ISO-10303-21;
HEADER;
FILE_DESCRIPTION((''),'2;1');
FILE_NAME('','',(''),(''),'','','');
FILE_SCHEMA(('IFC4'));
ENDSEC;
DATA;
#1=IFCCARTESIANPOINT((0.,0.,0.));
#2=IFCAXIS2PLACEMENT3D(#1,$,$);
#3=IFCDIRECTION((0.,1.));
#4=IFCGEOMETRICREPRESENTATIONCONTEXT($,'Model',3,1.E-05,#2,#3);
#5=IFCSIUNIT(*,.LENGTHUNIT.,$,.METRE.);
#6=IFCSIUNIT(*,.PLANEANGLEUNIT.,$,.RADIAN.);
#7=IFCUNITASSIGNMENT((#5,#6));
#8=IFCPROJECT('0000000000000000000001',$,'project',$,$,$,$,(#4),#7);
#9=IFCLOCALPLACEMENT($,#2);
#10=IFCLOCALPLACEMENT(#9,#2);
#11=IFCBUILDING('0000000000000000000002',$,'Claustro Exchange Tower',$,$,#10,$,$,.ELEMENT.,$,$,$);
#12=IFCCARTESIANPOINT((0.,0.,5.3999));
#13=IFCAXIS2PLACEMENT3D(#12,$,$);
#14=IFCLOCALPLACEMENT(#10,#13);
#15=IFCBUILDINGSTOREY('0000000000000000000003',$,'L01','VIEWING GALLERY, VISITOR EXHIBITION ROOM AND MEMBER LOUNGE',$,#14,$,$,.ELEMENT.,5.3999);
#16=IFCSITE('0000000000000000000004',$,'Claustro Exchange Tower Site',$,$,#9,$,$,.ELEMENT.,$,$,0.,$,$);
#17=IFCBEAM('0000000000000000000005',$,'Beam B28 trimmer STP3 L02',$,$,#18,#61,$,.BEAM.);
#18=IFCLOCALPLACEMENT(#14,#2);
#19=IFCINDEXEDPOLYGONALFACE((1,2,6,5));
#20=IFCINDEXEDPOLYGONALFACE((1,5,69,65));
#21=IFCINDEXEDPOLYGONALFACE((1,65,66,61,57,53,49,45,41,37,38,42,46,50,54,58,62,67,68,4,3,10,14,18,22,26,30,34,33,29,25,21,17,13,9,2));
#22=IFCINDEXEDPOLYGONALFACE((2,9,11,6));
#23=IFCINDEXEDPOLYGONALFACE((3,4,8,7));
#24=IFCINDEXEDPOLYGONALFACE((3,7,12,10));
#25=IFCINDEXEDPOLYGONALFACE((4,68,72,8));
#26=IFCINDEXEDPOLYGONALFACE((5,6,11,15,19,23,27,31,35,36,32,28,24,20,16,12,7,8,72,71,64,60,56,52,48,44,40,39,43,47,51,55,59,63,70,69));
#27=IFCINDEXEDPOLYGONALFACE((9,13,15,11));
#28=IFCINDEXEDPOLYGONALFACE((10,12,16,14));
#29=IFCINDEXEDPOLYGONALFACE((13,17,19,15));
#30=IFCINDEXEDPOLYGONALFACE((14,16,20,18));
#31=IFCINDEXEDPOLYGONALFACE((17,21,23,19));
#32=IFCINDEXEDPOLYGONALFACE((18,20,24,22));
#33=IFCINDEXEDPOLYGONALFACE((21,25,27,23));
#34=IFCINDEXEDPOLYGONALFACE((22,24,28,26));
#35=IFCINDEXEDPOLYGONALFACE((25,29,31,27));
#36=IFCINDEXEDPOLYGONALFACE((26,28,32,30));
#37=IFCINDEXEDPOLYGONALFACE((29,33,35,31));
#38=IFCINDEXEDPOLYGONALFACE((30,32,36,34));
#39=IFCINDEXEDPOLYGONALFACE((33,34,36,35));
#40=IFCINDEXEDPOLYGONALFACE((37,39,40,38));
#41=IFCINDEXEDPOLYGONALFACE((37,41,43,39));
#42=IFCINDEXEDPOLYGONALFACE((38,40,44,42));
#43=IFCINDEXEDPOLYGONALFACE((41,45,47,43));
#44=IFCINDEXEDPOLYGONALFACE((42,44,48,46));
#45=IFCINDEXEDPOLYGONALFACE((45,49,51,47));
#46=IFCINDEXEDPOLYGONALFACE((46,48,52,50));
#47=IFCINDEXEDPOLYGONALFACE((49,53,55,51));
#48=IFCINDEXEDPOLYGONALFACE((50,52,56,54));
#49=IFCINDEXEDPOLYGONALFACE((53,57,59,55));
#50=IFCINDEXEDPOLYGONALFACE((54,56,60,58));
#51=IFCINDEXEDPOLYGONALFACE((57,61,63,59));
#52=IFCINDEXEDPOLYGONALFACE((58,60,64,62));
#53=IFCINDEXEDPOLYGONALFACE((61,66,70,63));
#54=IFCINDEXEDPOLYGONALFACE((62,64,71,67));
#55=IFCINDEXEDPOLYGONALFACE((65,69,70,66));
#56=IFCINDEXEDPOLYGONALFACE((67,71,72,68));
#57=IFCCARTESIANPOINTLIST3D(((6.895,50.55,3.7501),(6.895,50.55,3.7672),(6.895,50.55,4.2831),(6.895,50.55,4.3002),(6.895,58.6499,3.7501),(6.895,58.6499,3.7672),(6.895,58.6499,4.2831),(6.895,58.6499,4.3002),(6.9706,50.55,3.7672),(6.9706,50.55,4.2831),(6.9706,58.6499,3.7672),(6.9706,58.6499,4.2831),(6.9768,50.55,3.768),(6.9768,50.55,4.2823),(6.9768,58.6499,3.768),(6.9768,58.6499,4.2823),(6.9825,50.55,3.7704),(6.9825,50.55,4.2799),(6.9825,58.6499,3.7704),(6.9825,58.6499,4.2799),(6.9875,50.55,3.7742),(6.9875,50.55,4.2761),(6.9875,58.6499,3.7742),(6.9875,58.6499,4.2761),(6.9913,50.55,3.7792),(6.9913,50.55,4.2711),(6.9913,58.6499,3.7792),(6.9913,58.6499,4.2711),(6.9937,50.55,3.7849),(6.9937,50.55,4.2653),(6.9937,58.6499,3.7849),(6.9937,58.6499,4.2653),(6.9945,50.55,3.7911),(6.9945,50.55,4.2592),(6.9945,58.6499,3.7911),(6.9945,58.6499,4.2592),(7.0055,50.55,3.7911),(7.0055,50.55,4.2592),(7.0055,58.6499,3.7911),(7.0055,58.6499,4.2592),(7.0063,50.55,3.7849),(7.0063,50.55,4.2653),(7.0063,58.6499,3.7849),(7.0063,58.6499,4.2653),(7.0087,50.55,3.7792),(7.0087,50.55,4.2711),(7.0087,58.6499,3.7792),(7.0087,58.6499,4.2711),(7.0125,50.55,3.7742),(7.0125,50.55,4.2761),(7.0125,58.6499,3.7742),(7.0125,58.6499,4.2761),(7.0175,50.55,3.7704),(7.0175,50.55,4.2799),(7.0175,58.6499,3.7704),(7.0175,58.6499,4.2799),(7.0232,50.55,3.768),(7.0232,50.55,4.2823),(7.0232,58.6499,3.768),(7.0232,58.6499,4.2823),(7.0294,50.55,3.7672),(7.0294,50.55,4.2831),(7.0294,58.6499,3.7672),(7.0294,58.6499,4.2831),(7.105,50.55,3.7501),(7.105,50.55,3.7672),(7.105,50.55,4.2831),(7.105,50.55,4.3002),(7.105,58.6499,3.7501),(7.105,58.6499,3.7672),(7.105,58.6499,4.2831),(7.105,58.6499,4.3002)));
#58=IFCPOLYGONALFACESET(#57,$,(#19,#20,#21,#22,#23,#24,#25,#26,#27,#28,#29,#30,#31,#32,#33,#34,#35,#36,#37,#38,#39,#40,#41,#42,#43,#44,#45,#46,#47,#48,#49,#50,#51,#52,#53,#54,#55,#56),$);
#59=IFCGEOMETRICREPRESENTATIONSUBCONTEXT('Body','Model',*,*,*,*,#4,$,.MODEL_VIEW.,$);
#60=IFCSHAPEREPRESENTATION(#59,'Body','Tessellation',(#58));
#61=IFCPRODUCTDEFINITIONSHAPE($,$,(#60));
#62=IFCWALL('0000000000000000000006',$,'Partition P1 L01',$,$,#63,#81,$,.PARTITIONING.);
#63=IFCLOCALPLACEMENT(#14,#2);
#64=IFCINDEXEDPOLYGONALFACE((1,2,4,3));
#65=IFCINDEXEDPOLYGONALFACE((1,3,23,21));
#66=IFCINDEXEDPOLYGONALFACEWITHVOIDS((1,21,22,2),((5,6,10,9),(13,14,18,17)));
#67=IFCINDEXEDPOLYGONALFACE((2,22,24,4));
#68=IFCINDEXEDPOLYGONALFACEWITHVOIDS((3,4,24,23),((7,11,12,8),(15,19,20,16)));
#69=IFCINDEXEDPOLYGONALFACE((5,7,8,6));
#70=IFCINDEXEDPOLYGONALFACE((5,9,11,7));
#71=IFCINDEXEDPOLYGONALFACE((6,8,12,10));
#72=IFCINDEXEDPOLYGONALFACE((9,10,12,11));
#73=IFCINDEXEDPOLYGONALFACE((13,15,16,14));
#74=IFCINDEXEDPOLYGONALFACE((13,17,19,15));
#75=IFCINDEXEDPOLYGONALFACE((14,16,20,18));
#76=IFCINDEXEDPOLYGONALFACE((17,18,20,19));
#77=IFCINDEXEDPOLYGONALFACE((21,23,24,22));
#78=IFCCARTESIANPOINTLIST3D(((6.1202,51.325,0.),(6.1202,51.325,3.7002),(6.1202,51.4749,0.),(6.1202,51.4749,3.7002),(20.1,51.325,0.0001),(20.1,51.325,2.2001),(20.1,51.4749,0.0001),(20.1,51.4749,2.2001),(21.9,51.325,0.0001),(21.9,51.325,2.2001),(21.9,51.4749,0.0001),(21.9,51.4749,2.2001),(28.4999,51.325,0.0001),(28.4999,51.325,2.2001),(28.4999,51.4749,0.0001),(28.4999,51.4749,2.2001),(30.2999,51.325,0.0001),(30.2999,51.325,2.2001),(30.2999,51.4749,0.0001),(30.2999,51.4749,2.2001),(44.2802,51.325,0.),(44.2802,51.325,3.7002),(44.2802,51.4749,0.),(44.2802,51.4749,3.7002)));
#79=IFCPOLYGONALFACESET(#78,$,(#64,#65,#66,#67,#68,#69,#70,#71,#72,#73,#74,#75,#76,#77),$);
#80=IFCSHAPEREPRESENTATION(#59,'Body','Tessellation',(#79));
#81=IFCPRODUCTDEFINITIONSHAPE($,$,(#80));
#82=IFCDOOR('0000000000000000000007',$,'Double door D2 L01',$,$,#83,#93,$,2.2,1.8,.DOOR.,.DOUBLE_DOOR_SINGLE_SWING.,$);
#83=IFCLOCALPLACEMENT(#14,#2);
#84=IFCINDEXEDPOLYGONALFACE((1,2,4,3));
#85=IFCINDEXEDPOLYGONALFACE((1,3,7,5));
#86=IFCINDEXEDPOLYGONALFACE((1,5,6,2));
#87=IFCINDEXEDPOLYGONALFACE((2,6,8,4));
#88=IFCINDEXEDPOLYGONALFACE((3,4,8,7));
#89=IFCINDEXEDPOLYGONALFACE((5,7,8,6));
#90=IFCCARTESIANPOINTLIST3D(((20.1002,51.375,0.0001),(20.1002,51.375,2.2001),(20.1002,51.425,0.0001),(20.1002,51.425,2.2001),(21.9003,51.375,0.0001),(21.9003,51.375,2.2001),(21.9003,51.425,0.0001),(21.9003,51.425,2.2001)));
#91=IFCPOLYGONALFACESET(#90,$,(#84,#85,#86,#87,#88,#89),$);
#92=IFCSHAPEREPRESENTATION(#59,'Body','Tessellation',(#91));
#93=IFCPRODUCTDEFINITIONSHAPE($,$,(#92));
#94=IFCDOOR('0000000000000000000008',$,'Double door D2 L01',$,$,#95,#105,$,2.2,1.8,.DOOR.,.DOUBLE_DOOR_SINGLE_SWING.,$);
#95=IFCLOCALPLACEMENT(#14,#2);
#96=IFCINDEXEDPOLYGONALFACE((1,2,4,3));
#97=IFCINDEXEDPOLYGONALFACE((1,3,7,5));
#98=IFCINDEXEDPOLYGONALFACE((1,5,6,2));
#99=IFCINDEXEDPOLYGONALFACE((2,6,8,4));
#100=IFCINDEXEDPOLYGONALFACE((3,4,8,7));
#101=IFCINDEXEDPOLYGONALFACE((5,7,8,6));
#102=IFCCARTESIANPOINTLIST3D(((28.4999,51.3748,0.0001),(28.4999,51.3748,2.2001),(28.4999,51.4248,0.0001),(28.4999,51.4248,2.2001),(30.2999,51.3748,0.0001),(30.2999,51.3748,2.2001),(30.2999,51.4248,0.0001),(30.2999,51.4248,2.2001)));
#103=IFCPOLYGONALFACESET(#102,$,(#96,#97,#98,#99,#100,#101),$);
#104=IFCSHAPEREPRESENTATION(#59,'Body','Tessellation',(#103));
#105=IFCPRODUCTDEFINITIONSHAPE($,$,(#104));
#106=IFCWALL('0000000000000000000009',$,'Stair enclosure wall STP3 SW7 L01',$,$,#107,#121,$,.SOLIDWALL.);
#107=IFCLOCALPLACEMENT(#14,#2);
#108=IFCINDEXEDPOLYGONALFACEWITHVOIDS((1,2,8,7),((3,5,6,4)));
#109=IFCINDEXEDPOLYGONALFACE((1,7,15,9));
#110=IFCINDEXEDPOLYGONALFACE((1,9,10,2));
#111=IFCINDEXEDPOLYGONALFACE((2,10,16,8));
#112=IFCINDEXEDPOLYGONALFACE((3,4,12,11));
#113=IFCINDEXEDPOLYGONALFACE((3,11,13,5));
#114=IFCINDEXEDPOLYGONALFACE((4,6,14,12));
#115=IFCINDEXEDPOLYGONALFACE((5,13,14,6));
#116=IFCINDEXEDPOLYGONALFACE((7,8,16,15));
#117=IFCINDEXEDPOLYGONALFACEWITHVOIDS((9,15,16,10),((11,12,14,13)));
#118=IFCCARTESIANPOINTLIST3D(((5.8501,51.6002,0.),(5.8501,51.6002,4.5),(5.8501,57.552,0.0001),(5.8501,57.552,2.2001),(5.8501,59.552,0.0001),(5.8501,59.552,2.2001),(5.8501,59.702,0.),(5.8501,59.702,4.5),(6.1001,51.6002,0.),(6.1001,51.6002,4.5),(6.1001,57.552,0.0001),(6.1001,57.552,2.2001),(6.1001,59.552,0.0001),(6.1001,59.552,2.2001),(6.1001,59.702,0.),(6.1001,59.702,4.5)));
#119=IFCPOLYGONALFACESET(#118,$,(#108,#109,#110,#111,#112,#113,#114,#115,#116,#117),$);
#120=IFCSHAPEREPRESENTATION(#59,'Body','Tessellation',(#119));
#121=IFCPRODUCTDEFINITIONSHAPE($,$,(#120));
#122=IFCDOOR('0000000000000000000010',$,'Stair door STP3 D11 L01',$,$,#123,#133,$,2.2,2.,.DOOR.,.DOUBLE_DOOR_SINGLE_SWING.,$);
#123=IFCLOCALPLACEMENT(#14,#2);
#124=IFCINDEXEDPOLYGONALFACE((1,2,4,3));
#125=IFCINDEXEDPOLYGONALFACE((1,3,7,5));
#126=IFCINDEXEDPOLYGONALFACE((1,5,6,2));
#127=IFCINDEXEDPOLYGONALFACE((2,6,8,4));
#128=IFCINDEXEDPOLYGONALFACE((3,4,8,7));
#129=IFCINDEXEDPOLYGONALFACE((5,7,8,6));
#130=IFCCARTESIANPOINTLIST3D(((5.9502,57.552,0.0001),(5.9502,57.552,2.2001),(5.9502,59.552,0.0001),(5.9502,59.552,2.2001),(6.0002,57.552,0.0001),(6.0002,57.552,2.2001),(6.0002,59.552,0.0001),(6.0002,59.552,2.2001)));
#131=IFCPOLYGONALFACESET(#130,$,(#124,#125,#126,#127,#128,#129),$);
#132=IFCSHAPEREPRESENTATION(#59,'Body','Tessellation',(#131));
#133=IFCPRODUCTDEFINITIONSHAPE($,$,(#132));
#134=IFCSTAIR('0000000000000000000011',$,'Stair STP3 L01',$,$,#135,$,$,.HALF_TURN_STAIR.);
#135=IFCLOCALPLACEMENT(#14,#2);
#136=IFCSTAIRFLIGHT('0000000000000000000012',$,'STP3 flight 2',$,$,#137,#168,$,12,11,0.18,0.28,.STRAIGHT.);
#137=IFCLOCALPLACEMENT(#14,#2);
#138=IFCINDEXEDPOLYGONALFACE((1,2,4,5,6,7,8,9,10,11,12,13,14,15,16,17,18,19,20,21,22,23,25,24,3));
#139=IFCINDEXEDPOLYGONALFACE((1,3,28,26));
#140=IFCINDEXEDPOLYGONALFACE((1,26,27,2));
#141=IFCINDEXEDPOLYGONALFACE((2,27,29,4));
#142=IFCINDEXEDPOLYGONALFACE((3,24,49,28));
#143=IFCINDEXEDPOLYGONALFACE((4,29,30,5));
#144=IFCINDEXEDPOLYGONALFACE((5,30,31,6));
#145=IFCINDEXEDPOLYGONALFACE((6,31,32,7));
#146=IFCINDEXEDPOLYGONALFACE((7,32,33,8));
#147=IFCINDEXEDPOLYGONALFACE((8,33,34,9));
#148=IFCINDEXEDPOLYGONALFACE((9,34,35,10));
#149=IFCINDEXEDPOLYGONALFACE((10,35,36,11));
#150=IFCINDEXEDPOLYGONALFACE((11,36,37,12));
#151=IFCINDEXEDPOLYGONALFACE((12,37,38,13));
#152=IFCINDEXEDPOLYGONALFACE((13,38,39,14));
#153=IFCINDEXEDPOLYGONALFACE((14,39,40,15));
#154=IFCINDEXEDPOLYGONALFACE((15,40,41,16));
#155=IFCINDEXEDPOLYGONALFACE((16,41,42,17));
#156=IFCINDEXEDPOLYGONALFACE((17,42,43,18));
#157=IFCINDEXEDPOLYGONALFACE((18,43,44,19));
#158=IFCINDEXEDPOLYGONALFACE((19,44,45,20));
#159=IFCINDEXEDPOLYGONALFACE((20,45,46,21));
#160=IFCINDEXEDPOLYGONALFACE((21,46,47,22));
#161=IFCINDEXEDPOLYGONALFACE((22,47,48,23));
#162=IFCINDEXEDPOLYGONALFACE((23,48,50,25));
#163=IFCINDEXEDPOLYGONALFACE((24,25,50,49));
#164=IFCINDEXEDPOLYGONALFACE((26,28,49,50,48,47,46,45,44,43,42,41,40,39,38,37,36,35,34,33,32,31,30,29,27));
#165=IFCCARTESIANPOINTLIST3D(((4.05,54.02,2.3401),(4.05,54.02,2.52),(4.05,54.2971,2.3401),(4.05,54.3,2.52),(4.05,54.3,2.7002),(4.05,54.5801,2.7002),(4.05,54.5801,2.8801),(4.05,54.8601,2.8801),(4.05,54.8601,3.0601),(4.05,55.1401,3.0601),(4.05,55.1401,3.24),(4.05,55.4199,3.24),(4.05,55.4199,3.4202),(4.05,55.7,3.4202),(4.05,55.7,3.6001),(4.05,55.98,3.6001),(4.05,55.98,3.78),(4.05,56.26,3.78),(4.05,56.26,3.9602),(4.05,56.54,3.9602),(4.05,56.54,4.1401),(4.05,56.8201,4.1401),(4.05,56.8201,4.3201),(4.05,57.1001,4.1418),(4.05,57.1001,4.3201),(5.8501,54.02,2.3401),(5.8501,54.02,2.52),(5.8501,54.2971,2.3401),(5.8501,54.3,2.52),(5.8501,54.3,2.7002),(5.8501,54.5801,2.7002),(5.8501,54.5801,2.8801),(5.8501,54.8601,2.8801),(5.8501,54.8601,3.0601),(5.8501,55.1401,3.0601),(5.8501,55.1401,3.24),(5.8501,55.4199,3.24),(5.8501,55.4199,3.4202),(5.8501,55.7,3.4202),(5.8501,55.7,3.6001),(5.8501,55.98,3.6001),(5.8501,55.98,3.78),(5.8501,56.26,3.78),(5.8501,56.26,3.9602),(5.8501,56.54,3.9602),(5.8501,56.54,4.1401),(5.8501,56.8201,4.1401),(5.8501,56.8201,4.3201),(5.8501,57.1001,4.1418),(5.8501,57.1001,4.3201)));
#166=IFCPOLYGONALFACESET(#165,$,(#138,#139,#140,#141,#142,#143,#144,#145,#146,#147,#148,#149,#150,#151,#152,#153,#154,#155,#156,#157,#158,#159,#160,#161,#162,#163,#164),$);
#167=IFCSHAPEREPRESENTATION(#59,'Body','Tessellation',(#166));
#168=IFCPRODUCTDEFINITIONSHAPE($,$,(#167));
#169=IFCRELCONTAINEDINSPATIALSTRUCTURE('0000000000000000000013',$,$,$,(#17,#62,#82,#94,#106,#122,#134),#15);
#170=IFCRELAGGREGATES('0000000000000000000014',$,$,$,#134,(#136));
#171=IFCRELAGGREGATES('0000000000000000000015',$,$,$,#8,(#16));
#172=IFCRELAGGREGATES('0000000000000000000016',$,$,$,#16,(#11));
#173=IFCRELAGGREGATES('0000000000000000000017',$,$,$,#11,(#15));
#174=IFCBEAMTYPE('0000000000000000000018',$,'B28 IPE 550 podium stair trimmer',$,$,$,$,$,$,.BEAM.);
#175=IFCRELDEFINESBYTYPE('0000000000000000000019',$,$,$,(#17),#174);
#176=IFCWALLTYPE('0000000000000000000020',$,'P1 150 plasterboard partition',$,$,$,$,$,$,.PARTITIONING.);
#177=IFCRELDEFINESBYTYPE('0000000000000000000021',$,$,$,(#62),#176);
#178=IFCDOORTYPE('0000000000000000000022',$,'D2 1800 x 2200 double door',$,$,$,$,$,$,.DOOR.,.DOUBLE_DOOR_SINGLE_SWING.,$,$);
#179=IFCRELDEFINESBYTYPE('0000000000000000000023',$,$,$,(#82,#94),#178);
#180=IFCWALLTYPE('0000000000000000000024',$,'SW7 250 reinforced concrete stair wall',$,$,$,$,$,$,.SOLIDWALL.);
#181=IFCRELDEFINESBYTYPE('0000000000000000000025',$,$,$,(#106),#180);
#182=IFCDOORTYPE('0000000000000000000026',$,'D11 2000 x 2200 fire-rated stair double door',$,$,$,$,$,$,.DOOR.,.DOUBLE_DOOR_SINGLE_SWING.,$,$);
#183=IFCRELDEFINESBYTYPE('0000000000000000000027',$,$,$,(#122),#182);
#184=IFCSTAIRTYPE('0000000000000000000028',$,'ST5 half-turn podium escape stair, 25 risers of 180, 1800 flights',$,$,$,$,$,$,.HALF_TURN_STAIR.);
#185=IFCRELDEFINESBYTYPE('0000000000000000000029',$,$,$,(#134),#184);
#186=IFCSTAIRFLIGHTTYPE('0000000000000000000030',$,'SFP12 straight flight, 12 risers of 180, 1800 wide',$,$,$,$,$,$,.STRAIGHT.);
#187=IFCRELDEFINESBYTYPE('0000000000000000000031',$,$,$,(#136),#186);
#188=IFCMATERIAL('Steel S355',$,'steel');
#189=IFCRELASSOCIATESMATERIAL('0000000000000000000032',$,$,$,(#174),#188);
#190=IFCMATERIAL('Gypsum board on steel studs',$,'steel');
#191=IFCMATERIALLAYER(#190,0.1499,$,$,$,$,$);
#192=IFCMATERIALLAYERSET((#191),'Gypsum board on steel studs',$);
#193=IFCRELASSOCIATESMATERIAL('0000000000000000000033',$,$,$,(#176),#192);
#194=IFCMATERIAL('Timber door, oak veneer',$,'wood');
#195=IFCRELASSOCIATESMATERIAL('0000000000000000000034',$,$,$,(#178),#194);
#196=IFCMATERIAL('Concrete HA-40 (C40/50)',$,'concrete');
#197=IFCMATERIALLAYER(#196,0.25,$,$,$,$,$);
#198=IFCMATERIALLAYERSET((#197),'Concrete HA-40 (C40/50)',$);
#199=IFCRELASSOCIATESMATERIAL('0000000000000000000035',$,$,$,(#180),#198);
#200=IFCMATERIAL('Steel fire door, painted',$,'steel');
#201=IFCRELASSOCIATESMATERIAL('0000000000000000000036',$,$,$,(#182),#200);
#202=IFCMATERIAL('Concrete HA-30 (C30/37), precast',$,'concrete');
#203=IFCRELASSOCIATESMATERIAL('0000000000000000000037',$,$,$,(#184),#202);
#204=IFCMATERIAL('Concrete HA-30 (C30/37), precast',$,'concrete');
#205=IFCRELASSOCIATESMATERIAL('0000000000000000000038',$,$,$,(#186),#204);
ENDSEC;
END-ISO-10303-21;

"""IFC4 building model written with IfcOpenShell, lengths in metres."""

from ifc_helpers import new_model, si_unit, direction, frame, frame_2d, origin, origin_2d, place, context, subcontext, project, spatial, polyline, rectangle, i_section, outline, extrude, material, layer, layer_set, material_profile, profile_set, type_object, element, fill, aggregate, save


model = new_model("IFC4")

# Units and contexts
model_context = context("Model", 3, precision=1e-05, world=origin(), true_north=direction((0.0, 1.0)))
body_context = subcontext(model_context, "Body", "Model", "MODEL_VIEW")
ifc_project = project(units=[si_unit("LENGTHUNIT", "METRE"), si_unit("PLANEANGLEUNIT", "RADIAN")], contexts=[model_context])

# Site, building, storey
site_placement = place(None, origin())
site = spatial("IfcSite", under=ifc_project, at=site_placement, Name="Claustro Exchange Tower Site", CompositionType="ELEMENT", RefElevation=0.0)
building_placement = place(site_placement, origin())
building = spatial("IfcBuilding", under=site, at=building_placement, Name="Claustro Exchange Tower", CompositionType="ELEMENT")
storey_placement = place(building_placement, frame((0.0, 0.0, 5.3999)))
storey = spatial("IfcBuildingStorey", under=building, at=storey_placement, Name="L01", Description="VIEWING GALLERY, VISITOR EXHIBITION ROOM AND MEMBER LOUNGE", CompositionType="ELEMENT", Elevation=5.3999)

# Beam
ifc_material_1 = material(Name="Steel S355", Category="steel")
ifc_material_profile_1 = material_profile(ifc_material_1, i_section(OverallWidth=0.21, OverallDepth=0.55, WebThickness=0.011, FlangeThickness=0.0171, FilletRadius=0.0239, at=origin_2d()), Name="IPE 550")
ifc_profile_set_1 = profile_set([ifc_material_profile_1], Name="Steel S355")
beam_type_1 = type_object("IfcBeamType", Name="B28 IPE 550 podium stair trimmer", PredefinedType="BEAM", material=ifc_profile_set_1)
beam_placement = place(storey_placement, frame((7.0, 50.55, 4.0251), z_axis=(0.0, 1.0, 0.0), x_axis=(-1.0, 0.0, 0.0)))
element("IfcBeam", 1, at=beam_placement, inside=storey, type_object=beam_type_1, Name="Beam B28 trimmer STP3 L02", PredefinedType="BEAM", context=body_context, shape_type="SweptSolid", body=[
    extrude(i_section(OverallWidth=0.21, OverallDepth=0.55, WebThickness=0.011, FlangeThickness=0.0171, FilletRadius=0.0239, at=origin_2d()), origin(), (0.0, 0.0, 1.0), 8.0999),
])

# Wall, openings, doors
ifc_material_2 = material(Name="Gypsum board on steel studs", Category="steel")
ifc_layer_1 = layer(ifc_material_2, 0.1499)
ifc_layer_set_1 = layer_set([ifc_layer_1], Name="Gypsum board on steel studs")
wall_type_1 = type_object("IfcWallType", Name="P1 150 plasterboard partition", PredefinedType="PARTITIONING", material=ifc_layer_set_1)
wall_1_placement = place(storey_placement, frame((6.1201, 51.3999, 0.0), z_axis=(0.0, 0.0, 1.0), x_axis=(1.0, 0.0, 0.0)))
wall_1 = element("IfcWall", 2, at=wall_1_placement, inside=storey, type_object=wall_type_1, Name="Partition P1 L01", PredefinedType="PARTITIONING", context=body_context, shape_type="SweptSolid", body=[
    extrude(rectangle(XDim=38.1599, YDim=0.1499, at=frame_2d((19.0801, 0.0))), origin(), (0.0, 0.0, 1.0), 3.7002),
])
opening_1_placement = place(wall_1_placement, frame((13.98, 0.0, 0.0)))
opening_1 = element("IfcOpeningElement", 3, at=opening_1_placement, cuts=wall_1, PredefinedType="OPENING", context=body_context, shape_type="SweptSolid", body=[
    extrude(rectangle(XDim=1.8, YDim=2.2, at=frame_2d((0.8999, 1.1001))), frame((0.0, 0.085, 0.0), z_axis=(0.0, -1.0, 0.0), x_axis=(1.0, 0.0, 0.0)), (0.0, 0.0, 1.0), 0.1699),
])
opening_2_placement = place(wall_1_placement, frame((22.3799, 0.0, 0.0)))
opening_2 = element("IfcOpeningElement", 4, at=opening_2_placement, cuts=wall_1, PredefinedType="OPENING", context=body_context, shape_type="SweptSolid", body=[
    extrude(rectangle(XDim=1.8, YDim=2.2, at=frame_2d((0.8999, 1.1001))), frame((0.0, 0.085, 0.0), z_axis=(0.0, -1.0, 0.0), x_axis=(1.0, 0.0, 0.0)), (0.0, 0.0, 1.0), 0.1699),
])
ifc_material_3 = material(Name="Timber door, oak veneer", Category="wood")
door_type_1 = type_object("IfcDoorType", Name="D2 1800 x 2200 double door", OperationType="DOUBLE_DOOR_SINGLE_SWING", PredefinedType="DOOR", material=ifc_material_3)
door_1_placement = place(opening_1_placement, frame((1.8, 0.0, 0.0), z_axis=(0.0, 0.0, 1.0), x_axis=(-1.0, 0.0, 0.0)))
door_1 = element("IfcDoor", 5, at=door_1_placement, inside=storey, type_object=door_type_1, Name="Double door D2 L01", OperationType="DOUBLE_DOOR_SINGLE_SWING", OverallHeight=2.2, OverallWidth=1.8, PredefinedType="DOOR", context=body_context, shape_type="SweptSolid", body=[
    extrude(rectangle(XDim=1.8, YDim=2.2, at=frame_2d((0.8999, 1.1001))), frame((0.0, 0.0249, 0.0), z_axis=(0.0, -1.0, 0.0), x_axis=(1.0, 0.0, 0.0)), (0.0, 0.0, 1.0), 0.05),
])
fill(opening_1, door_1)
door_2_placement = place(opening_2_placement, origin())
door_2 = element("IfcDoor", 6, at=door_2_placement, inside=storey, type_object=door_type_1, Name="Double door D2 L01", OperationType="DOUBLE_DOOR_SINGLE_SWING", OverallHeight=2.2, OverallWidth=1.8, PredefinedType="DOOR", context=body_context, shape_type="SweptSolid", body=[
    extrude(rectangle(XDim=1.8, YDim=2.2, at=frame_2d((0.8999, 1.1001))), frame((0.0, 0.0249, 0.0), z_axis=(0.0, -1.0, 0.0), x_axis=(1.0, 0.0, 0.0)), (0.0, 0.0, 1.0), 0.05),
])
fill(opening_2, door_2)

# Wall, opening, door
ifc_material_4 = material(Name="Concrete HA-40 (C40/50)", Category="concrete")
ifc_layer_2 = layer(ifc_material_4, 0.25)
ifc_layer_set_2 = layer_set([ifc_layer_2], Name="Concrete HA-40 (C40/50)")
wall_type_2 = type_object("IfcWallType", Name="SW7 250 reinforced concrete stair wall", PredefinedType="SOLIDWALL", material=ifc_layer_set_2)
wall_2_placement = place(storey_placement, frame((5.9751, 59.7019, 0.0), z_axis=(0.0, 0.0, 1.0), x_axis=(0.0, -1.0, 0.0)))
wall_2 = element("IfcWall", 7, at=wall_2_placement, inside=storey, type_object=wall_type_2, Name="Stair enclosure wall STP3 SW7 L01", PredefinedType="SOLIDWALL", context=body_context, shape_type="SweptSolid", body=[
    extrude(rectangle(XDim=8.1018, YDim=0.25, at=frame_2d((4.0508, 0.0))), origin(), (0.0, 0.0, 1.0), 4.5),
])
opening_3_placement = place(wall_2_placement, frame((0.1499, 0.0, 0.0)))
opening_3 = element("IfcOpeningElement", 8, at=opening_3_placement, cuts=wall_2, PredefinedType="OPENING", context=body_context, shape_type="SweptSolid", body=[
    extrude(rectangle(XDim=2.0, YDim=2.2, at=frame_2d((1.0, 1.1001))), frame((0.0, 0.135, 0.0), z_axis=(0.0, -1.0, 0.0), x_axis=(1.0, 0.0, 0.0)), (0.0, 0.0, 1.0), 0.27),
])
ifc_material_5 = material(Name="Steel fire door, painted", Category="steel")
door_type_2 = type_object("IfcDoorType", Name="D11 2000 x 2200 fire-rated stair double door", OperationType="DOUBLE_DOOR_SINGLE_SWING", PredefinedType="DOOR", material=ifc_material_5)
door_3_placement = place(opening_3_placement, frame((2.0, 0.0, 0.0), z_axis=(0.0, 0.0, 1.0), x_axis=(-1.0, 0.0, 0.0)))
door_3 = element("IfcDoor", 9, at=door_3_placement, inside=storey, type_object=door_type_2, Name="Stair door STP3 D11 L01", OperationType="DOUBLE_DOOR_SINGLE_SWING", OverallHeight=2.2, OverallWidth=2.0, PredefinedType="DOOR", context=body_context, shape_type="SweptSolid", body=[
    extrude(rectangle(XDim=2.0, YDim=2.2, at=frame_2d((1.0, 1.1001))), frame((0.0, 0.0249, 0.0), z_axis=(0.0, -1.0, 0.0), x_axis=(1.0, 0.0, 0.0)), (0.0, 0.0, 1.0), 0.05),
])
fill(opening_3, door_3)

# Stair, stair flight
ifc_material_6 = material(Name="Concrete HA-30 (C30/37), precast", Category="concrete")
stair_type = type_object("IfcStairType", Name="ST5 half-turn podium escape stair, 25 risers of 180, 1800 flights", PredefinedType="HALF_TURN_STAIR", material=ifc_material_6)
stair_placement = place(storey_placement, origin())
stair = element("IfcStair", 10, at=stair_placement, inside=storey, type_object=stair_type, Name="Stair STP3 L01", PredefinedType="HALF_TURN_STAIR")
ifc_material_7 = material(Name="Concrete HA-30 (C30/37), precast", Category="concrete")
stair_flight_type_1 = type_object("IfcStairFlightType", Name="SFP12 straight flight, 12 risers of 180, 1800 wide", PredefinedType="STRAIGHT", material=ifc_material_7)
stair_flight_1_placement = place(storey_placement, frame((4.95, 54.02, 2.3401), z_axis=(0.0, 0.0, 1.0), x_axis=(0.0, 1.0, 0.0)))
stair_flight_1 = element("IfcStairFlight", 11, at=stair_flight_1_placement, type_object=stair_flight_type_1, Name="STP3 flight 2", NumberOfRisers=12, NumberOfTreads=11, PredefinedType="STRAIGHT", RiserHeight=0.18, TreadLength=0.28, context=body_context, shape_type="SweptSolid", body=[
    extrude(outline(polyline([(0.0, 0.0), (0.0, 0.1799), (0.28, 0.1799), (0.28, 0.3601), (0.5601, 0.3601), (0.5601, 0.54), (0.8401, 0.54), (0.8401, 0.72), (1.1201, 0.72), (1.1201, 0.8999), (1.3999, 0.8999), (1.3999, 1.0801), (1.6799, 1.0801), (1.6799, 1.26), (1.96, 1.26), (1.96, 1.4399), (2.24, 1.4399), (2.24, 1.6201), (2.52, 1.6201), (2.52, 1.8), (2.8, 1.8), (2.8, 1.98), (3.0801, 1.98), (3.0801, 2.1599), (3.0801, 1.8018), (0.2771, 0.0), (0.0, 0.0)])), frame((0.0, 0.8999, 0.0), z_axis=(0.0, -1.0, 0.0), x_axis=(1.0, 0.0, 0.0)), (0.0, 0.0, 1.0), 1.8),
])
aggregate(stair, [stair_flight_1])

save(model, "model.ifc")
